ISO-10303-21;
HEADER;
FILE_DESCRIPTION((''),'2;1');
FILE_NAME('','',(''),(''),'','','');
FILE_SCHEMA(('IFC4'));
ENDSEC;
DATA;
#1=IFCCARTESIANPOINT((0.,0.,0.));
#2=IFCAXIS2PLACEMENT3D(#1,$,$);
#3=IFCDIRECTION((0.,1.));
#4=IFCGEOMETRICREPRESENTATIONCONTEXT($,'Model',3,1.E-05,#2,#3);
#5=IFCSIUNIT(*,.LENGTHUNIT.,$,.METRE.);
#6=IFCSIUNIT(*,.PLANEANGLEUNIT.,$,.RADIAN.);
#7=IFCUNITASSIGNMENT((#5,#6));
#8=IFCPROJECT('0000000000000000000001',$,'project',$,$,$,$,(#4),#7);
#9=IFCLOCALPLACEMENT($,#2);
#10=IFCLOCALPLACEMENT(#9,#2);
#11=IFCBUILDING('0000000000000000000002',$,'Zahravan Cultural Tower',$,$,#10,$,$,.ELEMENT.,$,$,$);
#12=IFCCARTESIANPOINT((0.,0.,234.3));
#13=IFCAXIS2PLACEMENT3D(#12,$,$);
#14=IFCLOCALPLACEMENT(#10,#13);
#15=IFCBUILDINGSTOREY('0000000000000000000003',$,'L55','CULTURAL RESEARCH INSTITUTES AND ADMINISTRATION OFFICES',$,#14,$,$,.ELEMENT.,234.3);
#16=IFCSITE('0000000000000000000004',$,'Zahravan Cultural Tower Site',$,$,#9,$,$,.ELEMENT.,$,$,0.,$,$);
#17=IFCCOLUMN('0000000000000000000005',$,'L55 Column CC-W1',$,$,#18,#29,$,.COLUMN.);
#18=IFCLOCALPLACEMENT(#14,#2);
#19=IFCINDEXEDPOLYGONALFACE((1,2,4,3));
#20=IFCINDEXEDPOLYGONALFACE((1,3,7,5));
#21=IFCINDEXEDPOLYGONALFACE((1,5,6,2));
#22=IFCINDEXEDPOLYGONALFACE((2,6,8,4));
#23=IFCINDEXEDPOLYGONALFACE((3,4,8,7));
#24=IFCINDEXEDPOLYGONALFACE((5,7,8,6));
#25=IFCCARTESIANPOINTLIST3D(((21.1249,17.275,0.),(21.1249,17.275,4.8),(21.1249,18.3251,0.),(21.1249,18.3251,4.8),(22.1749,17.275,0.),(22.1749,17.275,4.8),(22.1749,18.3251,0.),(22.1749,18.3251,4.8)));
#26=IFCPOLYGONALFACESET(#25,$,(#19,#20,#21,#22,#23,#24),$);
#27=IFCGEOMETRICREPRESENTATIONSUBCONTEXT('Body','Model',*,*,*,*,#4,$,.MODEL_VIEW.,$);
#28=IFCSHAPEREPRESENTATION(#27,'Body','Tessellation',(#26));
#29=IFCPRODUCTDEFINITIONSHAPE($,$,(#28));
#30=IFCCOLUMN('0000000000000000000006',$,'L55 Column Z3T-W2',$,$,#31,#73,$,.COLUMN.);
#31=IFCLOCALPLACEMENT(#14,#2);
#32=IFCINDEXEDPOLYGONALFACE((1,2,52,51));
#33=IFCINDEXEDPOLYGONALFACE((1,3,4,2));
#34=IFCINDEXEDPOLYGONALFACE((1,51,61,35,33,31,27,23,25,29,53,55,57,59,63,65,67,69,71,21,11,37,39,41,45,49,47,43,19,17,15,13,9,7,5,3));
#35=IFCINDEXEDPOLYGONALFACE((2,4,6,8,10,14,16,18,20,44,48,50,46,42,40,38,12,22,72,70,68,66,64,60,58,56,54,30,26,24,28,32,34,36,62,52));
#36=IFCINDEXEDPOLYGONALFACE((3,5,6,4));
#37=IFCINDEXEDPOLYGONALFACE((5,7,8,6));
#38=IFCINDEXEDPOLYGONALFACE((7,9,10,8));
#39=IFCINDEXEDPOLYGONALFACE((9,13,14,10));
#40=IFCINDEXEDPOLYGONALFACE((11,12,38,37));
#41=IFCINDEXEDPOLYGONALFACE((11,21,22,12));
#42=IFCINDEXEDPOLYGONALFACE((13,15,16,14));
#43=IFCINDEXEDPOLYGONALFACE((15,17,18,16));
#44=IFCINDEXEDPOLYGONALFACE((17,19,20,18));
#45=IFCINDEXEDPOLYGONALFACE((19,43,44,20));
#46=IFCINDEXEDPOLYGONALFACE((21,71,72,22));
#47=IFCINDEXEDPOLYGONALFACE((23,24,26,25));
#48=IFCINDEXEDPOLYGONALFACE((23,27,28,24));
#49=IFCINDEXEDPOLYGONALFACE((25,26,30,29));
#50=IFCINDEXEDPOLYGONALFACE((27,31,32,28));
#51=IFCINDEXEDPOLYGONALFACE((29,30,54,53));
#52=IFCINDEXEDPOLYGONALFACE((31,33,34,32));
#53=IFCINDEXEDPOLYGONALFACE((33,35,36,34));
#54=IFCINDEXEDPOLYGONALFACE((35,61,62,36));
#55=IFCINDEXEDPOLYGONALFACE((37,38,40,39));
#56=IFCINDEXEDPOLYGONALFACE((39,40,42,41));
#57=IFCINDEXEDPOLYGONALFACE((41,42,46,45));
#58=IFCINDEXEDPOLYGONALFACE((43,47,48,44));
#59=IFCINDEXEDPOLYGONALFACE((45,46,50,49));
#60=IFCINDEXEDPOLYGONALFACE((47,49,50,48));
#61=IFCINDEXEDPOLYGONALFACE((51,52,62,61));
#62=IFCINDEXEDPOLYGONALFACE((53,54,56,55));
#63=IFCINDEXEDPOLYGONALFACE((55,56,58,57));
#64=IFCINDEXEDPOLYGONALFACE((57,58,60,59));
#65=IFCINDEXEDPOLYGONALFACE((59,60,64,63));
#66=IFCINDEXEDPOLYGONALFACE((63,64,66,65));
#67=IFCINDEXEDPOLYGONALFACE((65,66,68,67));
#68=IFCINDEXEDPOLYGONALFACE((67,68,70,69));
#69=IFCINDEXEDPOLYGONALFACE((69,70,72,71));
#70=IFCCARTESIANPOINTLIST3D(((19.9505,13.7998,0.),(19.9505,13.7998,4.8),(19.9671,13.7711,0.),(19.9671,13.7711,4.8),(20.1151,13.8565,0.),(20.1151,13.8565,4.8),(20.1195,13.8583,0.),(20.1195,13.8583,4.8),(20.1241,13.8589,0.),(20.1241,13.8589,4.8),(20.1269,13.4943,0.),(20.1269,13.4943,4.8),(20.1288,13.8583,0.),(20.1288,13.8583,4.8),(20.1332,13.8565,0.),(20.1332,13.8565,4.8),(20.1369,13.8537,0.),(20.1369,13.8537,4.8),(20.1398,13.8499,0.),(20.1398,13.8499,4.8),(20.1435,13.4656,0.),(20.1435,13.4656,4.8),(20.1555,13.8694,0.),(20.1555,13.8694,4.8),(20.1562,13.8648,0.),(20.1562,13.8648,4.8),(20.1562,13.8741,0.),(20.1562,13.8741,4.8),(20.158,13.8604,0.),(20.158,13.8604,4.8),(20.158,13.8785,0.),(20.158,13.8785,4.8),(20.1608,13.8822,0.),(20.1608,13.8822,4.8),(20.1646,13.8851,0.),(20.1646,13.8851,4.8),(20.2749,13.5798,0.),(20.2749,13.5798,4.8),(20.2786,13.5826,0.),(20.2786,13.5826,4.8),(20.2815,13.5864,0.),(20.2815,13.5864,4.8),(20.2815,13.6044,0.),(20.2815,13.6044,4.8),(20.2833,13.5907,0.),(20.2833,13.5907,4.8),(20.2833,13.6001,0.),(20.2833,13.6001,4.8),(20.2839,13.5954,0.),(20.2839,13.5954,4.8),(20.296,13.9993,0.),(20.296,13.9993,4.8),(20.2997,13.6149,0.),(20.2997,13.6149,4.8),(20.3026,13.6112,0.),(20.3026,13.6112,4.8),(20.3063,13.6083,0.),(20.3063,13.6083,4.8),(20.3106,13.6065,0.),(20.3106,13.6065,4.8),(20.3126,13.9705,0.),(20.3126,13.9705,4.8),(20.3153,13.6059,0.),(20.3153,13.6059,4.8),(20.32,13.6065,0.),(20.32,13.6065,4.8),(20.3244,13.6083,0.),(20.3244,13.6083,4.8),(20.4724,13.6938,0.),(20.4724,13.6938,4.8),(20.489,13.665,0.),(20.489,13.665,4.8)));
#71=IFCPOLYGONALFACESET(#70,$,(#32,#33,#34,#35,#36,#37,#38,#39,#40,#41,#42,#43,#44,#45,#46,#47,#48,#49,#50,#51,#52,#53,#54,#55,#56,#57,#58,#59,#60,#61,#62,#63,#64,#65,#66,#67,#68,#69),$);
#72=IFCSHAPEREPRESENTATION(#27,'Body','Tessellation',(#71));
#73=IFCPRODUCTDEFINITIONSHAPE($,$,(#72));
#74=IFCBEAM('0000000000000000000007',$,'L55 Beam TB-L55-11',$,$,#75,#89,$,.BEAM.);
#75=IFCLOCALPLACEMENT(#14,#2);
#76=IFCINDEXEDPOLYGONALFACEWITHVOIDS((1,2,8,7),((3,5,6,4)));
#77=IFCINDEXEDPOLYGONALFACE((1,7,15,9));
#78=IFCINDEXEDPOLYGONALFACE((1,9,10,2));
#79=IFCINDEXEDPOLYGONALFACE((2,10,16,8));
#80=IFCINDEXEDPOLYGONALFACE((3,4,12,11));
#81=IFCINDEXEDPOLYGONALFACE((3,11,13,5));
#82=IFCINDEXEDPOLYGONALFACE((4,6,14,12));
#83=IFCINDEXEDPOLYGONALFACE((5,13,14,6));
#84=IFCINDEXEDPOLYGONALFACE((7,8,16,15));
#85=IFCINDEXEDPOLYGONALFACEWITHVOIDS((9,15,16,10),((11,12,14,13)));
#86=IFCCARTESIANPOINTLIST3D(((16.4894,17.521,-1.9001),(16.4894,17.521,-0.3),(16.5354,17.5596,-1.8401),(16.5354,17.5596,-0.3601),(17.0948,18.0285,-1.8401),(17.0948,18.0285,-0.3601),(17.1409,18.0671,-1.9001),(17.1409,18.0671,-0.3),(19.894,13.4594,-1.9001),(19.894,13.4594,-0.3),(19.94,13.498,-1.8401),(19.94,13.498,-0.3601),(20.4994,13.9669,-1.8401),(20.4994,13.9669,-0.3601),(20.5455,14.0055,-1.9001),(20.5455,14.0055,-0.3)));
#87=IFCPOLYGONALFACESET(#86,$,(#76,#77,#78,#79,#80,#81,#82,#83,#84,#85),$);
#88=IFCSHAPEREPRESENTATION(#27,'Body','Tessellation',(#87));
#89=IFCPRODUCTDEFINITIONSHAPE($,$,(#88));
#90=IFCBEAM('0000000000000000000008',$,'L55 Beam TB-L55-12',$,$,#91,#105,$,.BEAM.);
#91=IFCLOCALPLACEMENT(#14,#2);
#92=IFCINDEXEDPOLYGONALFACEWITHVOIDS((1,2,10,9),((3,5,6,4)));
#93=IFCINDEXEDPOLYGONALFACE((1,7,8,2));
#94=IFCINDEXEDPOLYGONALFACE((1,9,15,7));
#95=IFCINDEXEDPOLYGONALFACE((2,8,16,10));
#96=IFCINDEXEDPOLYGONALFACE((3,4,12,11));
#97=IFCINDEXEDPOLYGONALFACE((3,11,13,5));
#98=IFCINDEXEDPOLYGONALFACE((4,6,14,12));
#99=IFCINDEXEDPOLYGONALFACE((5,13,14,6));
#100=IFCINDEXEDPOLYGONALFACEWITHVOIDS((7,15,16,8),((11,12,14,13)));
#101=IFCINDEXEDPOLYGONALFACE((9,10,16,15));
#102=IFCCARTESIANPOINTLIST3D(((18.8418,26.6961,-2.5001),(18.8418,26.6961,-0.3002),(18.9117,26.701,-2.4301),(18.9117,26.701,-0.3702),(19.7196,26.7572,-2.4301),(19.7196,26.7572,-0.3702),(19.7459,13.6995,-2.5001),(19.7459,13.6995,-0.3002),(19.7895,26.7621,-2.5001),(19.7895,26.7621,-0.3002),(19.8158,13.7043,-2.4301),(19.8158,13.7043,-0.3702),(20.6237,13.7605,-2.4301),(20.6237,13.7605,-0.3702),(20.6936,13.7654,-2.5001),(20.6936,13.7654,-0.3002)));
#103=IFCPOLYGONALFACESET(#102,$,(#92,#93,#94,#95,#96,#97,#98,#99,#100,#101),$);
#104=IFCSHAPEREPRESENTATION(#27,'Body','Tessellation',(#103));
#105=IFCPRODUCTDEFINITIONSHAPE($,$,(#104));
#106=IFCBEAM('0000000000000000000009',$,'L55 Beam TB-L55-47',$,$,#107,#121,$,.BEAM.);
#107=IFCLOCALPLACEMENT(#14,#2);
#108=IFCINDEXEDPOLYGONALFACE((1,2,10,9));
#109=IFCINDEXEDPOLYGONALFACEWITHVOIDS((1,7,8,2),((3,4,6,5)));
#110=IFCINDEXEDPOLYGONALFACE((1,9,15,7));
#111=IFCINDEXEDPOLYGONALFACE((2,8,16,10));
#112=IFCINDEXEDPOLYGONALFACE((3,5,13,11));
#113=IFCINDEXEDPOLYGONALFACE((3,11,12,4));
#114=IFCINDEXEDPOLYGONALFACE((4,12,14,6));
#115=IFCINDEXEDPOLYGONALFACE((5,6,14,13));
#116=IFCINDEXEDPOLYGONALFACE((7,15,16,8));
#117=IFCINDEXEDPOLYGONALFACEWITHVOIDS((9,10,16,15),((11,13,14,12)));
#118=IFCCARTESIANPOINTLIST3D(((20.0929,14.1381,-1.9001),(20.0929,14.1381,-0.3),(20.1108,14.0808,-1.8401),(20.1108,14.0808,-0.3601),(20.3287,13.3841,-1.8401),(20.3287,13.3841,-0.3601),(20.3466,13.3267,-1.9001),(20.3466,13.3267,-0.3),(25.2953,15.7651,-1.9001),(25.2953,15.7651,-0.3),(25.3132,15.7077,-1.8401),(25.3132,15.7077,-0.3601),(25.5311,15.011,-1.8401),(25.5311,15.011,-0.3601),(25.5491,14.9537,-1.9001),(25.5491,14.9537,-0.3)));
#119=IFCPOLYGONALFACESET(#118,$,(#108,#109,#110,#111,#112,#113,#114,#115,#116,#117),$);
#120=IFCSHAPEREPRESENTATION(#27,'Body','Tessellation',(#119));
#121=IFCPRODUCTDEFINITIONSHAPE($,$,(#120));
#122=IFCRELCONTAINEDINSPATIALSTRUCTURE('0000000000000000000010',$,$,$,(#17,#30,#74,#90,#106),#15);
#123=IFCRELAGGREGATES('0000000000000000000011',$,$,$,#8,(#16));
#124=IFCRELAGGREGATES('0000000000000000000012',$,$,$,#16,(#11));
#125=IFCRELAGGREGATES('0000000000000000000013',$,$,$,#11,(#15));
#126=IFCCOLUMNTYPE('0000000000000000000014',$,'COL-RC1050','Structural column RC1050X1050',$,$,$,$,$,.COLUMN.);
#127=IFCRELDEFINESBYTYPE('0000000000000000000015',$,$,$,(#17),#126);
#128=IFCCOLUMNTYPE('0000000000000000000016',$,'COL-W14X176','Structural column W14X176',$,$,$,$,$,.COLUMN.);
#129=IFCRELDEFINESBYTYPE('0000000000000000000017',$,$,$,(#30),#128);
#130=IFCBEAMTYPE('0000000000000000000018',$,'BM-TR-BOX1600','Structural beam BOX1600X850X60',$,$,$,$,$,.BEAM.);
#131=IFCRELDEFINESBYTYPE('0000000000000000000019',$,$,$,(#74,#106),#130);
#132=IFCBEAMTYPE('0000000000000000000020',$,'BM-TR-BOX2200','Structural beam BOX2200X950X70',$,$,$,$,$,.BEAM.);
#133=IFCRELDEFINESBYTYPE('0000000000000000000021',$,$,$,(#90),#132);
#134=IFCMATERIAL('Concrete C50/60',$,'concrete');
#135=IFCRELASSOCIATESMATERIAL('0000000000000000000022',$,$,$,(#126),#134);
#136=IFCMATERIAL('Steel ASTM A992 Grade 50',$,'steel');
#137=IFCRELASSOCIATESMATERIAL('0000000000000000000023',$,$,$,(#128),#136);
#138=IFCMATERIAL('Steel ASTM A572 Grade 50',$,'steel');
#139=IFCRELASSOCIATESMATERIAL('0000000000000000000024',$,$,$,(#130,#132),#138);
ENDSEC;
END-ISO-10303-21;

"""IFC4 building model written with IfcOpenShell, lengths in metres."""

from ifc_helpers import new_model, si_unit, direction, frame, origin, origin_2d, place, context, subcontext, project, spatial, rectangle, hollow_rectangle, i_section, extrude, source, transform, mapped, material, material_profile, profile_set, type_object, element, save


model = new_model("IFC4")

# Units and contexts
model_context = context("Model", 3, precision=1e-05, world=origin(), true_north=direction((0.0, 1.0)))
body_context = subcontext(model_context, "Body", "Model", "MODEL_VIEW")
ifc_project = project(units=[si_unit("LENGTHUNIT", "METRE"), si_unit("PLANEANGLEUNIT", "RADIAN")], contexts=[model_context])

# Site, building, storey
site_placement = place(None, origin())
site = spatial("IfcSite", under=ifc_project, at=site_placement, Name="Zahravan Cultural Tower Site", CompositionType="ELEMENT", RefElevation=0.0)
building_placement = place(site_placement, origin())
building = spatial("IfcBuilding", under=site, at=building_placement, Name="Zahravan Cultural Tower", CompositionType="ELEMENT")
storey_placement = place(building_placement, frame((0.0, 0.0, 234.3)))
storey = spatial("IfcBuildingStorey", under=building, at=storey_placement, Name="L55", Description="CULTURAL RESEARCH INSTITUTES AND ADMINISTRATION OFFICES", CompositionType="ELEMENT", Elevation=234.3)

# Columns
ifc_material_1 = material(Name="Concrete C50/60", Category="concrete")
ifc_material_profile_1 = material_profile(ifc_material_1, rectangle(XDim=1.05, YDim=1.05, at=origin_2d()), Name="RC1050X1050")
ifc_profile_set_1 = profile_set([ifc_material_profile_1], Name="Concrete C50/60")
column_type_1 = type_object("IfcColumnType", Name="COL-RC1050", Description="Structural column RC1050X1050", PredefinedType="COLUMN", material=ifc_profile_set_1)
shared_shape_1 = source(origin(), body_context, "Body", "SweptSolid", [
    extrude(rectangle(XDim=1.05, YDim=1.05, at=origin_2d()), origin(), (0.0, 0.0, 1.0), 4.8),
])
column_1_placement = place(storey_placement, frame((21.6499, 17.8, 0.0), z_axis=(0.0, 0.0, 1.0), x_axis=(1.0, 0.0, 0.0)))
element("IfcColumn", 1, at=column_1_placement, inside=storey, type_object=column_type_1, Name="L55 Column CC-W1", PredefinedType="COLUMN", context=body_context, shape_type="MappedRepresentation", body=[
    mapped(shared_shape_1, transform((0.0, 0.0, 0.0), x_axis=(1.0, 0.0, 0.0), y_axis=(0.0, 1.0, 0.0), z_axis=(0.0, 0.0, 1.0), scale=1.0)),
])
ifc_material_2 = material(Name="Steel ASTM A992 Grade 50", Category="steel")
ifc_material_profile_2 = material_profile(ifc_material_2, i_section(OverallWidth=0.3989, OverallDepth=0.386, WebThickness=0.021, FlangeThickness=0.0332, FilletRadius=0.0181, at=origin_2d()), Name="W14X176")
ifc_profile_set_2 = profile_set([ifc_material_profile_2], Name="Steel ASTM A992 Grade 50")
column_type_2 = type_object("IfcColumnType", Name="COL-W14X176", Description="Structural column W14X176", PredefinedType="COLUMN", material=ifc_profile_set_2)
shared_shape_2 = source(origin(), body_context, "Body", "SweptSolid", [
    extrude(i_section(OverallWidth=0.3989, OverallDepth=0.386, WebThickness=0.021, FlangeThickness=0.0332, FilletRadius=0.0181, at=origin_2d()), origin(), (0.0, 0.0, 1.0), 4.8),
])
column_2_placement = place(storey_placement, frame((20.2197, 13.7324, 0.0), z_axis=(0.0, 0.0, 1.0), x_axis=(0.866025, 0.5, 0.0)))
element("IfcColumn", 2, at=column_2_placement, inside=storey, type_object=column_type_2, Name="L55 Column Z3T-W2", PredefinedType="COLUMN", context=body_context, shape_type="MappedRepresentation", body=[
    mapped(shared_shape_2, transform((0.0, 0.0, 0.0), x_axis=(1.0, 0.0, 0.0), y_axis=(0.0, 1.0, 0.0), z_axis=(0.0, 0.0, 1.0), scale=1.0)),
])

# Beams
ifc_material_3 = material(Name="Steel ASTM A572 Grade 50", Category="steel")
ifc_material_profile_3 = material_profile(ifc_material_3, hollow_rectangle(XDim=0.8501, YDim=1.6001, WallThickness=0.0601, at=origin_2d()), Name="BOX1600X850X60")
ifc_profile_set_3 = profile_set([ifc_material_profile_3], Name="Steel ASTM A572 Grade 50")
beam_type_1 = type_object("IfcBeamType", Name="BM-TR-BOX1600", Description="Structural beam BOX1600X850X60", PredefinedType="BEAM", material=ifc_profile_set_3)
shared_shape_3 = source(origin(), body_context, "Body", "SweptSolid", [
    extrude(hollow_rectangle(XDim=0.8501, YDim=1.6001, WallThickness=0.0601, at=origin_2d()), origin(), (0.0, 0.0, 1.0), 5.2998),
])
beam_1_placement = place(storey_placement, frame((20.2197, 13.7324, -1.1001), z_axis=(-0.642402, 0.766368, 0.0), x_axis=(-0.766368, -0.642402, 0.0)))
element("IfcBeam", 3, at=beam_1_placement, inside=storey, type_object=beam_type_1, Name="L55 Beam TB-L55-11", PredefinedType="BEAM", context=body_context, shape_type="MappedRepresentation", body=[
    mapped(shared_shape_3, transform((0.0, 0.0, 0.0), x_axis=(1.0, 0.0, 0.0), y_axis=(0.0, 1.0, 0.0), z_axis=(0.0, 0.0, 1.0), scale=1.0)),
])
ifc_material_profile_4 = material_profile(ifc_material_3, hollow_rectangle(XDim=0.95, YDim=2.2, WallThickness=0.0701, at=origin_2d()), Name="BOX2200X950X70")
ifc_profile_set_4 = profile_set([ifc_material_profile_4], Name="Steel ASTM A572 Grade 50")
beam_type_2 = type_object("IfcBeamType", Name="BM-TR-BOX2200", Description="Structural beam BOX2200X950X70", PredefinedType="BEAM", material=ifc_profile_set_4)
shared_shape_4 = source(origin(), body_context, "Body", "SweptSolid", [
    extrude(hollow_rectangle(XDim=0.95, YDim=2.2, WallThickness=0.0701, at=origin_2d()), origin(), (0.0, 0.0, 1.0), 13.0281),
])
beam_2_placement = place(storey_placement, frame((20.2197, 13.7324, -1.4001), z_axis=(-0.069393, 0.997589, 0.0), x_axis=(-0.997589, -0.069393, 0.0)))
element("IfcBeam", 4, at=beam_2_placement, inside=storey, type_object=beam_type_2, Name="L55 Beam TB-L55-12", PredefinedType="BEAM", context=body_context, shape_type="MappedRepresentation", body=[
    mapped(shared_shape_4, transform((0.0, 0.0, 0.0), x_axis=(1.0, 0.0, 0.0), y_axis=(0.0, 1.0, 0.0), z_axis=(0.0, 0.0, 1.0), scale=1.0)),
])
shared_shape_5 = source(origin(), body_context, "Body", "SweptSolid", [
    extrude(hollow_rectangle(XDim=0.8501, YDim=1.6001, WallThickness=0.0601, at=origin_2d()), origin(), (0.0, 0.0, 1.0), 5.4509),
])
beam_3_placement = place(storey_placement, frame((20.2197, 13.7324, -1.1001), z_axis=(0.954417, 0.298476, 0.0), x_axis=(-0.298476, 0.954417, 0.0)))
element("IfcBeam", 5, at=beam_3_placement, inside=storey, type_object=beam_type_1, Name="L55 Beam TB-L55-47", PredefinedType="BEAM", context=body_context, shape_type="MappedRepresentation", body=[
    mapped(shared_shape_5, transform((0.0, 0.0, 0.0), x_axis=(1.0, 0.0, 0.0), y_axis=(0.0, 1.0, 0.0), z_axis=(0.0, 0.0, 1.0), scale=1.0)),
])

save(model, "model.ifc")
